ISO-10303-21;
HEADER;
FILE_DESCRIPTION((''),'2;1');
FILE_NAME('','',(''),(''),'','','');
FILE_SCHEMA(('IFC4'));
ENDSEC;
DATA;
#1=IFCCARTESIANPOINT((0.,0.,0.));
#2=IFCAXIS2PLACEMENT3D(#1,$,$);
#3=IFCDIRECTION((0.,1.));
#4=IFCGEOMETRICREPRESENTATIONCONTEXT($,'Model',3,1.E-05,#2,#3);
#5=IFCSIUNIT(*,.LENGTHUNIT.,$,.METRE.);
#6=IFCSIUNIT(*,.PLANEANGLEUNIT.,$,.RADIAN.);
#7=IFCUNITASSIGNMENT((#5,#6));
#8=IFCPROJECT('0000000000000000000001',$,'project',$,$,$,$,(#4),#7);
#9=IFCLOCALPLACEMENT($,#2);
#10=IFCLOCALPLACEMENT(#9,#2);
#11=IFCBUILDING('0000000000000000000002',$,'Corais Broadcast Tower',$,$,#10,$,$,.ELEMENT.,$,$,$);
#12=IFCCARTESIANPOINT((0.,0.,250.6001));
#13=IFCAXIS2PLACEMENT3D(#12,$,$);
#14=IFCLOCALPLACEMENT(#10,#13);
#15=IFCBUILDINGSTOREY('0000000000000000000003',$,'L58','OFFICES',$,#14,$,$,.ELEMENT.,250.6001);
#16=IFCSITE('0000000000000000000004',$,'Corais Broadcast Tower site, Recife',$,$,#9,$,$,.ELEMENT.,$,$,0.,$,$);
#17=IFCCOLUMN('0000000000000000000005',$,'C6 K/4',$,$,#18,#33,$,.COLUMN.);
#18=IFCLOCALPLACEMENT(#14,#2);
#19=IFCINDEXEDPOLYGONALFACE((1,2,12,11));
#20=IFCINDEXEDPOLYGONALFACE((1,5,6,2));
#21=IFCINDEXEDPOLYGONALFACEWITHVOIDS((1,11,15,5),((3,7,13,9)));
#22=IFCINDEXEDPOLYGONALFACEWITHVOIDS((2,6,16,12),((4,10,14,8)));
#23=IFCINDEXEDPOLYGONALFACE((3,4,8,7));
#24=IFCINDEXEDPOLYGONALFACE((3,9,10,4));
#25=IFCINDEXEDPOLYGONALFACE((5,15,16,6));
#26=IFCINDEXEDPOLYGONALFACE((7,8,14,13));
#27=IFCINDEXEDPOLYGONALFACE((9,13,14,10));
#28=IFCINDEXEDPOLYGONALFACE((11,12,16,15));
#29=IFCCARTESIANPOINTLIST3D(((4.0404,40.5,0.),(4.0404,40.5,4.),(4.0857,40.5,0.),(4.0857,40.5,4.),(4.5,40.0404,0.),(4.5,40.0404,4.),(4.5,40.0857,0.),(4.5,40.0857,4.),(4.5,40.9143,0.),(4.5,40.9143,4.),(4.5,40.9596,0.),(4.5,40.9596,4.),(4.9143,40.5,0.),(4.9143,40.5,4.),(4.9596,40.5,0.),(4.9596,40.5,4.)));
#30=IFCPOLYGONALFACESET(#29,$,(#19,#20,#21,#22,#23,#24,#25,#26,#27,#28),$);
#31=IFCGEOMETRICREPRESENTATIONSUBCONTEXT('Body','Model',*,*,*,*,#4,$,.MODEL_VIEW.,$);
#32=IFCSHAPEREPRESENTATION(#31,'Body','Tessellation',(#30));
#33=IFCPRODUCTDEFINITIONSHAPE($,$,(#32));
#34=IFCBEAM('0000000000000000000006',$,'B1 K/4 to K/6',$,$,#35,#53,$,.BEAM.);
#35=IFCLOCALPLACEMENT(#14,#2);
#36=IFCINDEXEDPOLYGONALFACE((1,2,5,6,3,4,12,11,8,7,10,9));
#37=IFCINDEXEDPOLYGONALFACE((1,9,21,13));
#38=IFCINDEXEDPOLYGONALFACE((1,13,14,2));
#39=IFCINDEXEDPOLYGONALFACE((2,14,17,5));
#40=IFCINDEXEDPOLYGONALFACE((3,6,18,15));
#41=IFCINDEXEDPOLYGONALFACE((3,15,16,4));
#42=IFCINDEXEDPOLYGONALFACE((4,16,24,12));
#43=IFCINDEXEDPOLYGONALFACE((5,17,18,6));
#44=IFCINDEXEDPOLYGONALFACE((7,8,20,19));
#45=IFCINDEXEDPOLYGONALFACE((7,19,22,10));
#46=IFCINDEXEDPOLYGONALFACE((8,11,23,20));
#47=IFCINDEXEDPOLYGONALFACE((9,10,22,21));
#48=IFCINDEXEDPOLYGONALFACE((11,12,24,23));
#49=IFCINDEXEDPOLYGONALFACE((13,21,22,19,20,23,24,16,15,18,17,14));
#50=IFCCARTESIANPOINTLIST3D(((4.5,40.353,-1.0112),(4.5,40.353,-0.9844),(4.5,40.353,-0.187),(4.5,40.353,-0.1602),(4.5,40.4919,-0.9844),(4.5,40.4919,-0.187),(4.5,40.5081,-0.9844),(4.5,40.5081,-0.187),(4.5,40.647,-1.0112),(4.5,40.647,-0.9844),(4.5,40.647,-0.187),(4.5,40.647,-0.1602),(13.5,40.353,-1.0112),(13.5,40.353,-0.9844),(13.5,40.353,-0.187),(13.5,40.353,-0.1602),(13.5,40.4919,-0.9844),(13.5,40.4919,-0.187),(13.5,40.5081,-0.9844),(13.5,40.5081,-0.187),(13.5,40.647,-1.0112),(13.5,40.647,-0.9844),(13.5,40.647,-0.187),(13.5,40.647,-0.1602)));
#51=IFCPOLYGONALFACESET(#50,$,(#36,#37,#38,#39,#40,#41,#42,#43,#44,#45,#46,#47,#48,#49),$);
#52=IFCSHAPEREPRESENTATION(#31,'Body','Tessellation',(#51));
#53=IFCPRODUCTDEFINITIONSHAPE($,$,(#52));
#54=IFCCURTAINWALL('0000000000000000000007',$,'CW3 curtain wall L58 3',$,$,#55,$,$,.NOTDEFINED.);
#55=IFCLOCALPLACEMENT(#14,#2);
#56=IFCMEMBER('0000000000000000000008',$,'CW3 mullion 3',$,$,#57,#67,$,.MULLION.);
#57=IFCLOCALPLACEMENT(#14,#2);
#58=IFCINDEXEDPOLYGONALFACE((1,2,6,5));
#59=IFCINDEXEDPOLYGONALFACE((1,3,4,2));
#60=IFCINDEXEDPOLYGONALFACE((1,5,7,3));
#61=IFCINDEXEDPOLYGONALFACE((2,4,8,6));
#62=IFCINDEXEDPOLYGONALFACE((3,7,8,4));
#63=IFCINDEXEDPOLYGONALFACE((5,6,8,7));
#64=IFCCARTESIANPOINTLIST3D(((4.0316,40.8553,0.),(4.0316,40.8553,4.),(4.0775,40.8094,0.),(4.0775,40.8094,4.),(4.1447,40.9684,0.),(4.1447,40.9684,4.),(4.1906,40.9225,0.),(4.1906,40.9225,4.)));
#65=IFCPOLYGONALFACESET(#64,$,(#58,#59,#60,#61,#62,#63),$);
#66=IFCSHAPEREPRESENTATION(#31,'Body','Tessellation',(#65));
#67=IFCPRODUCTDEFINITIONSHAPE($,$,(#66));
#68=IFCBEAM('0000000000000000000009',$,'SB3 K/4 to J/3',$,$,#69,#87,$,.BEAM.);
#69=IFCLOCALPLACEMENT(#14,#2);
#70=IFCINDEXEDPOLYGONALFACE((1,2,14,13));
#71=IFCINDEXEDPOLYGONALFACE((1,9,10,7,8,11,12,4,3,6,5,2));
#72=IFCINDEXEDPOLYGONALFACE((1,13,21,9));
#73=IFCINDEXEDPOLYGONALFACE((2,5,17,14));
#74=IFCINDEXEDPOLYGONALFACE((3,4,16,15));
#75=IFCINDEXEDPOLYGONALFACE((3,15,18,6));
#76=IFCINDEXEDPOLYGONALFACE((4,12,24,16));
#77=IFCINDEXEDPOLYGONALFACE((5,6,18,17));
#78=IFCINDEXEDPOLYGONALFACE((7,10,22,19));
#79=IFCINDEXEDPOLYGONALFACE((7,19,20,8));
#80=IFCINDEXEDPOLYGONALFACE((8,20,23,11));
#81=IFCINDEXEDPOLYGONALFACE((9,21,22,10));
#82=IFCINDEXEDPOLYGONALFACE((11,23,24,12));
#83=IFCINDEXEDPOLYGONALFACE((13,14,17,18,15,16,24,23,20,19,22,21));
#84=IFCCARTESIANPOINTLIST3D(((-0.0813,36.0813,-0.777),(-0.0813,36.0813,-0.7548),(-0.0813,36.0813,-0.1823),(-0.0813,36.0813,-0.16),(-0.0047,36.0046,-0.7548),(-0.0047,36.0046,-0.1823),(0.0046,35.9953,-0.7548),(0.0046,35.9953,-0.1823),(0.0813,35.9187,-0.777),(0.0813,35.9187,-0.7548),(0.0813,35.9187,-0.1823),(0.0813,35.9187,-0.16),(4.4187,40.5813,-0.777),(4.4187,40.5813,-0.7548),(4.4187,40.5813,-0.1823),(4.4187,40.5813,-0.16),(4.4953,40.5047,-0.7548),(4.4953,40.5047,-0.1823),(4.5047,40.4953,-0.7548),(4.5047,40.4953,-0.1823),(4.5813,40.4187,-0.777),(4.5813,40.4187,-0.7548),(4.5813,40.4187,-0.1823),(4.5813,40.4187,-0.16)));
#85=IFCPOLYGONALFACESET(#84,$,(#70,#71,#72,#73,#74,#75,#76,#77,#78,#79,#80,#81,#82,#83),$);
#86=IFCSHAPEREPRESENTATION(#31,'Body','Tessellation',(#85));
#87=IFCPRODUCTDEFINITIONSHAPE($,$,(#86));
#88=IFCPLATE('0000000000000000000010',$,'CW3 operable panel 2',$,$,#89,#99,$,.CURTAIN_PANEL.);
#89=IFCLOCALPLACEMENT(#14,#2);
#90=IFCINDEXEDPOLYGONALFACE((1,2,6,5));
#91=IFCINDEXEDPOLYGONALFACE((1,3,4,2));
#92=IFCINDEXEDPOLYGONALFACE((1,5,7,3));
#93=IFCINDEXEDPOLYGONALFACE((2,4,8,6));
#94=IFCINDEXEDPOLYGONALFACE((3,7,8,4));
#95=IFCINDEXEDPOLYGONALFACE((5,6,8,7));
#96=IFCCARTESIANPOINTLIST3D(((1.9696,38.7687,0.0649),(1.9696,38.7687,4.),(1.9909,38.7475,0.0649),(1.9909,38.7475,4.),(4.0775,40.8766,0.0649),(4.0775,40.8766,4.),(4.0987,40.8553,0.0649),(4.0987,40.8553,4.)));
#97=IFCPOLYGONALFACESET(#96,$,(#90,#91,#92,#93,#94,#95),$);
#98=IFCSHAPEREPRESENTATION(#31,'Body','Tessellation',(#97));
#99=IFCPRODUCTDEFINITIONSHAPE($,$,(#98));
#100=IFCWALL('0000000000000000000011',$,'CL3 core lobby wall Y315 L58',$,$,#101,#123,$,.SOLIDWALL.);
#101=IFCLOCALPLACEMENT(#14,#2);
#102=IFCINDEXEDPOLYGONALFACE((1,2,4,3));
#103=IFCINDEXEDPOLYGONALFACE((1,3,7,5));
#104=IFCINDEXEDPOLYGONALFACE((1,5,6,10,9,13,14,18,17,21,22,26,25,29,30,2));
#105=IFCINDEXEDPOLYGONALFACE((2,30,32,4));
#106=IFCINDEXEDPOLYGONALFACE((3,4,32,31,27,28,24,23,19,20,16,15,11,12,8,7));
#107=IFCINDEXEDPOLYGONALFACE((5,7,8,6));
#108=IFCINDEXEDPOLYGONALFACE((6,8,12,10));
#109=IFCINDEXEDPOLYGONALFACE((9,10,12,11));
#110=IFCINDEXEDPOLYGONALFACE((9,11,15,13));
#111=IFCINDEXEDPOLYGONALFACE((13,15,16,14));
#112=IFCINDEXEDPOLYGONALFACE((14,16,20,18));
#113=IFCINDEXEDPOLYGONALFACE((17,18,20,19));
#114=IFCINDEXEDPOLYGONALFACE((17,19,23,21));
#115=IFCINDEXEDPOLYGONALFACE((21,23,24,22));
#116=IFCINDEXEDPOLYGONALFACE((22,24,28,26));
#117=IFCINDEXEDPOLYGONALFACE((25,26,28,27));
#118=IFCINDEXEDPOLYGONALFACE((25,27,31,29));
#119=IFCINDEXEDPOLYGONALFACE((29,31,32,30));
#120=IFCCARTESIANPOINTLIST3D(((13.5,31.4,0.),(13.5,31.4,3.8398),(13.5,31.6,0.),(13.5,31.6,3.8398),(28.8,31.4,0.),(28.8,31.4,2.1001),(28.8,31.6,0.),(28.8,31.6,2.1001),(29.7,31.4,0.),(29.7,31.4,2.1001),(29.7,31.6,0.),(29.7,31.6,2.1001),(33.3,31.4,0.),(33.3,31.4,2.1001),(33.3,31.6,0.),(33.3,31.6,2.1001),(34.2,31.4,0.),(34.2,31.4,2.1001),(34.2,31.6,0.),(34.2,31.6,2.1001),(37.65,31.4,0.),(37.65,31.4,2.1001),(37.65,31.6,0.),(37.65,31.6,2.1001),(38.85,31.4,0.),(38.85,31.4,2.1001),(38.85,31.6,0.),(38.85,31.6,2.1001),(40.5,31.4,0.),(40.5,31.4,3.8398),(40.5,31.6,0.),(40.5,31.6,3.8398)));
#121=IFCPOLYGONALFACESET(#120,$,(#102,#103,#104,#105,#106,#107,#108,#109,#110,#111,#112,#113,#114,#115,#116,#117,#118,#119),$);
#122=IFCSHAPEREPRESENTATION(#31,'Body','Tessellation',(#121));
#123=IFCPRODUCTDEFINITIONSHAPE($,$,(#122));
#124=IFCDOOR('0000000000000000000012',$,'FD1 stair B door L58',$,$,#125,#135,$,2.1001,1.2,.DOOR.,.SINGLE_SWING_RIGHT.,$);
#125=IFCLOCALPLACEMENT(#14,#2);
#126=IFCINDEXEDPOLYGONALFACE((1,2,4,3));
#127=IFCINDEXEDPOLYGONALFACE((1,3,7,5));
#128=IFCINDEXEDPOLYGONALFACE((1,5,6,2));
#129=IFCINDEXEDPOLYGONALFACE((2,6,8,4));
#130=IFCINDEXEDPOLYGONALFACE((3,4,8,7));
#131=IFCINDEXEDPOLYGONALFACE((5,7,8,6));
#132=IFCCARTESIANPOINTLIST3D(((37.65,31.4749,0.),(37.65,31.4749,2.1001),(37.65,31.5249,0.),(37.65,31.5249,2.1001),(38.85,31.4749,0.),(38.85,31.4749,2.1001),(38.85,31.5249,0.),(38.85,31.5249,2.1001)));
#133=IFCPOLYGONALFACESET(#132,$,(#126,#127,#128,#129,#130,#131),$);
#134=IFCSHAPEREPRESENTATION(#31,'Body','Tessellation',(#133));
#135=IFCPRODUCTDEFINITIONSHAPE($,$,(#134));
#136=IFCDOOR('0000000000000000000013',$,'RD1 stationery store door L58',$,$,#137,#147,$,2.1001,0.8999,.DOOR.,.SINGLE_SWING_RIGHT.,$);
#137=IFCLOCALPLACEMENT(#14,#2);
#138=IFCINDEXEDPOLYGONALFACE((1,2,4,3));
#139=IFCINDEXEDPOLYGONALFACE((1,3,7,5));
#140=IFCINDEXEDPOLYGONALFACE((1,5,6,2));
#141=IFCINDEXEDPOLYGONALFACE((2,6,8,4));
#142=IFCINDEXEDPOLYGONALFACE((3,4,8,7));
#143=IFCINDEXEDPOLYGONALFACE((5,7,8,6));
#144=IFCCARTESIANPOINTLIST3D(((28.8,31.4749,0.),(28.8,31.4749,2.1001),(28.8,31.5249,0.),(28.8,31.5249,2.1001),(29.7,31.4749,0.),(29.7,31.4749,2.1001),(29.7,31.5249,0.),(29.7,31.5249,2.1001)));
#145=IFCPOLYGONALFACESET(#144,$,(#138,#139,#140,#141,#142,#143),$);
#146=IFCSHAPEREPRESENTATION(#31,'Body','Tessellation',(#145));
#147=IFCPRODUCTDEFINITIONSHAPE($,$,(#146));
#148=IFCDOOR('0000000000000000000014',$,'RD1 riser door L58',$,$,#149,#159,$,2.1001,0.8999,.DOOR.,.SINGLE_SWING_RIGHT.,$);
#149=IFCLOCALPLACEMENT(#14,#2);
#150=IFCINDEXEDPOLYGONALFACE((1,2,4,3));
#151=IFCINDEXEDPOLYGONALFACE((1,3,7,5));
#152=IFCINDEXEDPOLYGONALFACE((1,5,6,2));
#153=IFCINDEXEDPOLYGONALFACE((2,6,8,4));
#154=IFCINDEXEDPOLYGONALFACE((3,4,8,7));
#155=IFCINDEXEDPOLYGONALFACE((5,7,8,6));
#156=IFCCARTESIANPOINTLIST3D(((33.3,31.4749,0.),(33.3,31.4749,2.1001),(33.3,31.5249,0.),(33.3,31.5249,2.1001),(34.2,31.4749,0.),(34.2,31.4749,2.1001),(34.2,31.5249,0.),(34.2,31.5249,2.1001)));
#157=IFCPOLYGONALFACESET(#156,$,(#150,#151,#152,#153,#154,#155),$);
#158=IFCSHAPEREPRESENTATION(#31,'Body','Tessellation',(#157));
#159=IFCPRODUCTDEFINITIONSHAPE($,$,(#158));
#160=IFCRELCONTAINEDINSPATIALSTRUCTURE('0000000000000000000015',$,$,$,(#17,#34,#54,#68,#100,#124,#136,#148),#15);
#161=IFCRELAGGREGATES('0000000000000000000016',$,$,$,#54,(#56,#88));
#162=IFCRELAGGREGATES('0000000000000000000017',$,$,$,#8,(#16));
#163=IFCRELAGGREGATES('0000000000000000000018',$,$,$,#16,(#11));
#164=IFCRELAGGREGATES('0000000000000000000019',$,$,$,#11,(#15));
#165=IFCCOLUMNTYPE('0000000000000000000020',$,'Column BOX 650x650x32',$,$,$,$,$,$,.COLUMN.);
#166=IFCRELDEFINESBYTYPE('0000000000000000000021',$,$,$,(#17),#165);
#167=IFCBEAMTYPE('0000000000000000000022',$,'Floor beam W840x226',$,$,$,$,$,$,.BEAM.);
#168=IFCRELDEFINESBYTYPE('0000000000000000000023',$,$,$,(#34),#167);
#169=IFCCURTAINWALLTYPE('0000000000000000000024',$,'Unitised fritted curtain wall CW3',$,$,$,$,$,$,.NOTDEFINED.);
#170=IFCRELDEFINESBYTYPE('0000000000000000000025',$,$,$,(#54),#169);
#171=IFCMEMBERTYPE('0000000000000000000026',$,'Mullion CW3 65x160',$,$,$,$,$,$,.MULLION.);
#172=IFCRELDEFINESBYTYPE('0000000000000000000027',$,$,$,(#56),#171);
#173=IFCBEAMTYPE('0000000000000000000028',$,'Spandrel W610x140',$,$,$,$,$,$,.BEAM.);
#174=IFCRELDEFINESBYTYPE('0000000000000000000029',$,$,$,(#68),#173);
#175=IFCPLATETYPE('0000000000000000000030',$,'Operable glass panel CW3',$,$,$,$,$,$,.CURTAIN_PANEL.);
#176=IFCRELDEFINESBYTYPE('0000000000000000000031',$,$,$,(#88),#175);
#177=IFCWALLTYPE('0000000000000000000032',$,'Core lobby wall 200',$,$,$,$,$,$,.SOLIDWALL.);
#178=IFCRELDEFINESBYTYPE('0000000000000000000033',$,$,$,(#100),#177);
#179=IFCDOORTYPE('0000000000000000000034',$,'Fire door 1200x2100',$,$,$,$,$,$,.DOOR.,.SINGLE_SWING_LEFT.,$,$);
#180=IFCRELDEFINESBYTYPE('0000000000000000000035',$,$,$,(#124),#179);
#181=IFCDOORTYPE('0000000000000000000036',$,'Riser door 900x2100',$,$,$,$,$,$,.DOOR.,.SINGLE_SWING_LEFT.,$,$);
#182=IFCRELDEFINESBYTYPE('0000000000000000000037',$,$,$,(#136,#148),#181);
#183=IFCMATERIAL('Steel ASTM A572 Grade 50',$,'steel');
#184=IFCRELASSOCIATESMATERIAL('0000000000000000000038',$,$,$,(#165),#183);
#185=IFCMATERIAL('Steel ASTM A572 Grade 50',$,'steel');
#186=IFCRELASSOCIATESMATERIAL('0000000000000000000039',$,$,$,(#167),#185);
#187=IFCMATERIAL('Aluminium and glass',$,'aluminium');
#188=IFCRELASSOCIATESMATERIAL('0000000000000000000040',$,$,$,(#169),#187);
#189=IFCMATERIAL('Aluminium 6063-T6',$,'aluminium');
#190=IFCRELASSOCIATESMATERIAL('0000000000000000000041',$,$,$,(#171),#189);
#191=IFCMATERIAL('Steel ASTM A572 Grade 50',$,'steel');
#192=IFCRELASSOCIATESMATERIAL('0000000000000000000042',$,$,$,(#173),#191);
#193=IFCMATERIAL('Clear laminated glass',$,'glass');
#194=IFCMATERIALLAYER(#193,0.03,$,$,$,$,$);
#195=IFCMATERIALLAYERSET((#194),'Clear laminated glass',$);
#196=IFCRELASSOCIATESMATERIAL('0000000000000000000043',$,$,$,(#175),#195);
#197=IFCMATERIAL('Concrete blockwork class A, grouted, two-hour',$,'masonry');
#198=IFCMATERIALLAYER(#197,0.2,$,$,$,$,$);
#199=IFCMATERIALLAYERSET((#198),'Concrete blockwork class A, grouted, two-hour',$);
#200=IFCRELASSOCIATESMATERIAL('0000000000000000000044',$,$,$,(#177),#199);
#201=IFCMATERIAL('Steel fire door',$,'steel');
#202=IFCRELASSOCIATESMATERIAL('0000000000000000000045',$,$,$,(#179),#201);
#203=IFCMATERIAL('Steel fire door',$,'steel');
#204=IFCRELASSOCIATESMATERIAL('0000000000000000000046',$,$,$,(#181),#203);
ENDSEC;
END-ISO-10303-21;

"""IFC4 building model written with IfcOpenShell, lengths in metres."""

from ifc_helpers import new_model, si_unit, direction, frame, frame_2d, origin, origin_2d, place, context, subcontext, project, spatial, rectangle, hollow_rectangle, i_section, extrude, material, layer, layer_set, material_profile, profile_set, type_object, element, fill, aggregate, save


model = new_model("IFC4")

# Units and contexts
model_context = context("Model", 3, precision=1e-05, world=origin(), true_north=direction((0.0, 1.0)))
body_context = subcontext(model_context, "Body", "Model", "MODEL_VIEW")
ifc_project = project(units=[si_unit("LENGTHUNIT", "METRE"), si_unit("PLANEANGLEUNIT", "RADIAN")], contexts=[model_context])

# Site, building, storey
site_placement = place(None, origin())
site = spatial("IfcSite", under=ifc_project, at=site_placement, Name="Corais Broadcast Tower site, Recife", CompositionType="ELEMENT", RefElevation=0.0)
building_placement = place(site_placement, origin())
building = spatial("IfcBuilding", under=site, at=building_placement, Name="Corais Broadcast Tower", CompositionType="ELEMENT")
storey_placement = place(building_placement, frame((0.0, 0.0, 250.6001)))
storey = spatial("IfcBuildingStorey", under=building, at=storey_placement, Name="L58", Description="OFFICES", CompositionType="ELEMENT", Elevation=250.6001)

# Column
ifc_material_1 = material(Name="Steel ASTM A572 Grade 50", Category="steel")
ifc_material_profile_1 = material_profile(ifc_material_1, hollow_rectangle(XDim=0.6499, YDim=0.6499, WallThickness=0.032, at=origin_2d()), Name="BOX 650x650x32")
ifc_profile_set_1 = profile_set([ifc_material_profile_1], Name="Steel ASTM A572 Grade 50")
column_type = type_object("IfcColumnType", Name="Column BOX 650x650x32", PredefinedType="COLUMN", material=ifc_profile_set_1)
column_placement = place(storey_placement, frame((4.5, 40.5, 0.0), z_axis=(0.0, 0.0, 1.0), x_axis=(0.707107, 0.707107, 0.0)))
element("IfcColumn", 1, at=column_placement, inside=storey, type_object=column_type, Name="C6 K/4", PredefinedType="COLUMN", context=body_context, shape_type="SweptSolid", body=[
    extrude(hollow_rectangle(XDim=0.6499, YDim=0.6499, WallThickness=0.032, at=origin_2d()), origin(), (0.0, 0.0, 1.0), 4.0),
])

# Beam
ifc_material_2 = material(Name="Steel ASTM A572 Grade 50", Category="steel")
ifc_material_profile_2 = material_profile(ifc_material_2, i_section(OverallWidth=0.2939, OverallDepth=0.8511, WebThickness=0.0161, FlangeThickness=0.0269, at=origin_2d()), Name="W840x226")
ifc_profile_set_2 = profile_set([ifc_material_profile_2], Name="Steel ASTM A572 Grade 50")
beam_type_1 = type_object("IfcBeamType", Name="Floor beam W840x226", PredefinedType="BEAM", material=ifc_profile_set_2)
beam_1_placement = place(storey_placement, frame((4.5, 40.5, -0.5857), z_axis=(1.0, 0.0, 0.0), x_axis=(0.0, 1.0, 0.0)))
element("IfcBeam", 2, at=beam_1_placement, inside=storey, type_object=beam_type_1, Name="B1 K/4 to K/6", PredefinedType="BEAM", context=body_context, shape_type="SweptSolid", body=[
    extrude(i_section(OverallWidth=0.2939, OverallDepth=0.8511, WebThickness=0.0161, FlangeThickness=0.0269, at=origin_2d()), origin(), (0.0, 0.0, 1.0), 9.0),
])

# Curtain wall, member
ifc_material_3 = material(Name="Aluminium and glass", Category="aluminium")
curtain_wall_type = type_object("IfcCurtainWallType", Name="Unitised fritted curtain wall CW3", PredefinedType="NOTDEFINED", material=ifc_material_3)
curtain_wall_placement = place(storey_placement, origin())
curtain_wall = element("IfcCurtainWall", 3, at=curtain_wall_placement, inside=storey, type_object=curtain_wall_type, Name="CW3 curtain wall L58 3", PredefinedType="NOTDEFINED")
ifc_material_4 = material(Name="Aluminium 6063-T6", Category="aluminium")
ifc_material_profile_3 = material_profile(ifc_material_4, rectangle(XDim=0.0649, YDim=0.1599, at=origin_2d()), Name="Mullion CW3 65x160")
ifc_profile_set_3 = profile_set([ifc_material_profile_3], Name="Aluminium 6063-T6")
member_type = type_object("IfcMemberType", Name="Mullion CW3 65x160", PredefinedType="MULLION", material=ifc_profile_set_3)
member_placement = place(storey_placement, frame((4.1111, 40.8889, 0.0), z_axis=(0.0, 0.0, 1.0), x_axis=(-0.707107, 0.707107, 0.0)))
member = element("IfcMember", 4, at=member_placement, type_object=member_type, Name="CW3 mullion 3", PredefinedType="MULLION", context=body_context, shape_type="SweptSolid", body=[
    extrude(rectangle(XDim=0.0649, YDim=0.1599, at=origin_2d()), origin(), (0.0, 0.0, 1.0), 4.0),
])

# Beam
ifc_material_5 = material(Name="Steel ASTM A572 Grade 50", Category="steel")
ifc_material_profile_4 = material_profile(ifc_material_5, i_section(OverallWidth=0.23, OverallDepth=0.6169, WebThickness=0.0132, FlangeThickness=0.0222, at=origin_2d()), Name="W610x140")
ifc_profile_set_4 = profile_set([ifc_material_profile_4], Name="Steel ASTM A572 Grade 50")
beam_type_2 = type_object("IfcBeamType", Name="Spandrel W610x140", PredefinedType="BEAM", material=ifc_profile_set_4)
beam_2_placement = place(storey_placement, frame((4.5, 40.5, -0.4685), z_axis=(-0.707107, -0.707107, 0.0), x_axis=(0.707107, -0.707107, 0.0)))
element("IfcBeam", 5, at=beam_2_placement, inside=storey, type_object=beam_type_2, Name="SB3 K/4 to J/3", PredefinedType="BEAM", context=body_context, shape_type="SweptSolid", body=[
    extrude(i_section(OverallWidth=0.23, OverallDepth=0.6169, WebThickness=0.0132, FlangeThickness=0.0222, at=origin_2d()), origin(), (0.0, 0.0, 1.0), 6.364),
])

# Plate
ifc_material_6 = material(Name="Clear laminated glass", Category="glass")
ifc_layer_1 = layer(ifc_material_6, 0.03)
ifc_layer_set_1 = layer_set([ifc_layer_1], Name="Clear laminated glass")
plate_type = type_object("IfcPlateType", Name="Operable glass panel CW3", PredefinedType="CURTAIN_PANEL", material=ifc_layer_set_1)
plate_placement = place(storey_placement, frame((3.0342, 39.812, 0.0649), z_axis=(0.0, 0.0, 1.0), x_axis=(0.707107, 0.707107, 0.0)))
plate = element("IfcPlate", 6, at=plate_placement, type_object=plate_type, Name="CW3 operable panel 2", PredefinedType="CURTAIN_PANEL", context=body_context, shape_type="SweptSolid", body=[
    extrude(rectangle(XDim=2.981, YDim=0.03, at=origin_2d()), origin(), (0.0, 0.0, 1.0), 3.9351),
])
aggregate(curtain_wall, [member, plate])

# Wall, openings, doors
ifc_material_7 = material(Name="Concrete blockwork class A, grouted, two-hour", Category="masonry")
ifc_layer_2 = layer(ifc_material_7, 0.2)
ifc_layer_set_2 = layer_set([ifc_layer_2], Name="Concrete blockwork class A, grouted, two-hour")
wall_type_1 = type_object("IfcWallType", Name="Core lobby wall 200", PredefinedType="SOLIDWALL", material=ifc_layer_set_2)
wall_1_placement = place(storey_placement, frame((13.5, 31.5, 0.0), z_axis=(0.0, 0.0, 1.0), x_axis=(1.0, 0.0, 0.0)))
wall_1 = element("IfcWall", 7, at=wall_1_placement, inside=storey, type_object=wall_type_1, Name="CL3 core lobby wall Y315 L58", PredefinedType="SOLIDWALL", context=body_context, shape_type="SweptSolid", body=[
    extrude(rectangle(XDim=27.0, YDim=0.2, at=frame_2d((13.5, 0.0))), origin(), (0.0, 0.0, 1.0), 3.8398),
])
opening_1_placement = place(wall_1_placement, frame((24.1499, 0.0, 0.0)))
opening_1 = element("IfcOpeningElement", 8, at=opening_1_placement, cuts=wall_1, PredefinedType="OPENING", context=body_context, shape_type="SweptSolid", body=[
    extrude(rectangle(XDim=1.2, YDim=2.1001, at=frame_2d((0.6001, 1.05))), frame((0.0, 0.1099, 0.0), z_axis=(0.0, -1.0, 0.0), x_axis=(1.0, 0.0, 0.0)), (0.0, 0.0, 1.0), 0.22),
])
opening_2_placement = place(wall_1_placement, frame((15.3, 0.0, 0.0)))
opening_2 = element("IfcOpeningElement", 9, at=opening_2_placement, cuts=wall_1, PredefinedType="OPENING", context=body_context, shape_type="SweptSolid", body=[
    extrude(rectangle(XDim=0.8999, YDim=2.1001, at=frame_2d((0.45, 1.05))), frame((0.0, 0.1099, 0.0), z_axis=(0.0, -1.0, 0.0), x_axis=(1.0, 0.0, 0.0)), (0.0, 0.0, 1.0), 0.22),
])
opening_3_placement = place(wall_1_placement, frame((19.8, 0.0, 0.0)))
opening_3 = element("IfcOpeningElement", 10, at=opening_3_placement, cuts=wall_1, PredefinedType="OPENING", context=body_context, shape_type="SweptSolid", body=[
    extrude(rectangle(XDim=0.8999, YDim=2.1001, at=frame_2d((0.45, 1.05))), frame((0.0, 0.1099, 0.0), z_axis=(0.0, -1.0, 0.0), x_axis=(1.0, 0.0, 0.0)), (0.0, 0.0, 1.0), 0.22),
])
ifc_material_8 = material(Name="Steel fire door", Category="steel")
door_type_1 = type_object("IfcDoorType", Name="Fire door 1200x2100", OperationType="SINGLE_SWING_LEFT", PredefinedType="DOOR", material=ifc_material_8)
door_1_placement = place(opening_1_placement, origin())
door_1 = element("IfcDoor", 11, at=door_1_placement, inside=storey, type_object=door_type_1, Name="FD1 stair B door L58", OperationType="SINGLE_SWING_RIGHT", OverallHeight=2.1001, OverallWidth=1.2, PredefinedType="DOOR", context=body_context, shape_type="SweptSolid", body=[
    extrude(rectangle(XDim=1.2, YDim=2.1001, at=frame_2d((0.6001, 1.05))), frame((0.0, 0.0249, 0.0), z_axis=(0.0, -1.0, 0.0), x_axis=(1.0, 0.0, 0.0)), (0.0, 0.0, 1.0), 0.05),
])
fill(opening_1, door_1)
ifc_material_9 = material(Name="Steel fire door", Category="steel")
door_type_2 = type_object("IfcDoorType", Name="Riser door 900x2100", OperationType="SINGLE_SWING_LEFT", PredefinedType="DOOR", material=ifc_material_9)
door_2_placement = place(opening_2_placement, origin())
door_2 = element("IfcDoor", 12, at=door_2_placement, inside=storey, type_object=door_type_2, Name="RD1 stationery store door L58", OperationType="SINGLE_SWING_RIGHT", OverallHeight=2.1001, OverallWidth=0.8999, PredefinedType="DOOR", context=body_context, shape_type="SweptSolid", body=[
    extrude(rectangle(XDim=0.8999, YDim=2.1001, at=frame_2d((0.45, 1.05))), frame((0.0, 0.0249, 0.0), z_axis=(0.0, -1.0, 0.0), x_axis=(1.0, 0.0, 0.0)), (0.0, 0.0, 1.0), 0.05),
])
fill(opening_2, door_2)
door_3_placement = place(opening_3_placement, origin())
door_3 = element("IfcDoor", 13, at=door_3_placement, inside=storey, type_object=door_type_2, Name="RD1 riser door L58", OperationType="SINGLE_SWING_RIGHT", OverallHeight=2.1001, OverallWidth=0.8999, PredefinedType="DOOR", context=body_context, shape_type="SweptSolid", body=[
    extrude(rectangle(XDim=0.8999, YDim=2.1001, at=frame_2d((0.45, 1.05))), frame((0.0, 0.0249, 0.0), z_axis=(0.0, -1.0, 0.0), x_axis=(1.0, 0.0, 0.0)), (0.0, 0.0, 1.0), 0.05),
])
fill(opening_3, door_3)

save(model, "model.ifc")
